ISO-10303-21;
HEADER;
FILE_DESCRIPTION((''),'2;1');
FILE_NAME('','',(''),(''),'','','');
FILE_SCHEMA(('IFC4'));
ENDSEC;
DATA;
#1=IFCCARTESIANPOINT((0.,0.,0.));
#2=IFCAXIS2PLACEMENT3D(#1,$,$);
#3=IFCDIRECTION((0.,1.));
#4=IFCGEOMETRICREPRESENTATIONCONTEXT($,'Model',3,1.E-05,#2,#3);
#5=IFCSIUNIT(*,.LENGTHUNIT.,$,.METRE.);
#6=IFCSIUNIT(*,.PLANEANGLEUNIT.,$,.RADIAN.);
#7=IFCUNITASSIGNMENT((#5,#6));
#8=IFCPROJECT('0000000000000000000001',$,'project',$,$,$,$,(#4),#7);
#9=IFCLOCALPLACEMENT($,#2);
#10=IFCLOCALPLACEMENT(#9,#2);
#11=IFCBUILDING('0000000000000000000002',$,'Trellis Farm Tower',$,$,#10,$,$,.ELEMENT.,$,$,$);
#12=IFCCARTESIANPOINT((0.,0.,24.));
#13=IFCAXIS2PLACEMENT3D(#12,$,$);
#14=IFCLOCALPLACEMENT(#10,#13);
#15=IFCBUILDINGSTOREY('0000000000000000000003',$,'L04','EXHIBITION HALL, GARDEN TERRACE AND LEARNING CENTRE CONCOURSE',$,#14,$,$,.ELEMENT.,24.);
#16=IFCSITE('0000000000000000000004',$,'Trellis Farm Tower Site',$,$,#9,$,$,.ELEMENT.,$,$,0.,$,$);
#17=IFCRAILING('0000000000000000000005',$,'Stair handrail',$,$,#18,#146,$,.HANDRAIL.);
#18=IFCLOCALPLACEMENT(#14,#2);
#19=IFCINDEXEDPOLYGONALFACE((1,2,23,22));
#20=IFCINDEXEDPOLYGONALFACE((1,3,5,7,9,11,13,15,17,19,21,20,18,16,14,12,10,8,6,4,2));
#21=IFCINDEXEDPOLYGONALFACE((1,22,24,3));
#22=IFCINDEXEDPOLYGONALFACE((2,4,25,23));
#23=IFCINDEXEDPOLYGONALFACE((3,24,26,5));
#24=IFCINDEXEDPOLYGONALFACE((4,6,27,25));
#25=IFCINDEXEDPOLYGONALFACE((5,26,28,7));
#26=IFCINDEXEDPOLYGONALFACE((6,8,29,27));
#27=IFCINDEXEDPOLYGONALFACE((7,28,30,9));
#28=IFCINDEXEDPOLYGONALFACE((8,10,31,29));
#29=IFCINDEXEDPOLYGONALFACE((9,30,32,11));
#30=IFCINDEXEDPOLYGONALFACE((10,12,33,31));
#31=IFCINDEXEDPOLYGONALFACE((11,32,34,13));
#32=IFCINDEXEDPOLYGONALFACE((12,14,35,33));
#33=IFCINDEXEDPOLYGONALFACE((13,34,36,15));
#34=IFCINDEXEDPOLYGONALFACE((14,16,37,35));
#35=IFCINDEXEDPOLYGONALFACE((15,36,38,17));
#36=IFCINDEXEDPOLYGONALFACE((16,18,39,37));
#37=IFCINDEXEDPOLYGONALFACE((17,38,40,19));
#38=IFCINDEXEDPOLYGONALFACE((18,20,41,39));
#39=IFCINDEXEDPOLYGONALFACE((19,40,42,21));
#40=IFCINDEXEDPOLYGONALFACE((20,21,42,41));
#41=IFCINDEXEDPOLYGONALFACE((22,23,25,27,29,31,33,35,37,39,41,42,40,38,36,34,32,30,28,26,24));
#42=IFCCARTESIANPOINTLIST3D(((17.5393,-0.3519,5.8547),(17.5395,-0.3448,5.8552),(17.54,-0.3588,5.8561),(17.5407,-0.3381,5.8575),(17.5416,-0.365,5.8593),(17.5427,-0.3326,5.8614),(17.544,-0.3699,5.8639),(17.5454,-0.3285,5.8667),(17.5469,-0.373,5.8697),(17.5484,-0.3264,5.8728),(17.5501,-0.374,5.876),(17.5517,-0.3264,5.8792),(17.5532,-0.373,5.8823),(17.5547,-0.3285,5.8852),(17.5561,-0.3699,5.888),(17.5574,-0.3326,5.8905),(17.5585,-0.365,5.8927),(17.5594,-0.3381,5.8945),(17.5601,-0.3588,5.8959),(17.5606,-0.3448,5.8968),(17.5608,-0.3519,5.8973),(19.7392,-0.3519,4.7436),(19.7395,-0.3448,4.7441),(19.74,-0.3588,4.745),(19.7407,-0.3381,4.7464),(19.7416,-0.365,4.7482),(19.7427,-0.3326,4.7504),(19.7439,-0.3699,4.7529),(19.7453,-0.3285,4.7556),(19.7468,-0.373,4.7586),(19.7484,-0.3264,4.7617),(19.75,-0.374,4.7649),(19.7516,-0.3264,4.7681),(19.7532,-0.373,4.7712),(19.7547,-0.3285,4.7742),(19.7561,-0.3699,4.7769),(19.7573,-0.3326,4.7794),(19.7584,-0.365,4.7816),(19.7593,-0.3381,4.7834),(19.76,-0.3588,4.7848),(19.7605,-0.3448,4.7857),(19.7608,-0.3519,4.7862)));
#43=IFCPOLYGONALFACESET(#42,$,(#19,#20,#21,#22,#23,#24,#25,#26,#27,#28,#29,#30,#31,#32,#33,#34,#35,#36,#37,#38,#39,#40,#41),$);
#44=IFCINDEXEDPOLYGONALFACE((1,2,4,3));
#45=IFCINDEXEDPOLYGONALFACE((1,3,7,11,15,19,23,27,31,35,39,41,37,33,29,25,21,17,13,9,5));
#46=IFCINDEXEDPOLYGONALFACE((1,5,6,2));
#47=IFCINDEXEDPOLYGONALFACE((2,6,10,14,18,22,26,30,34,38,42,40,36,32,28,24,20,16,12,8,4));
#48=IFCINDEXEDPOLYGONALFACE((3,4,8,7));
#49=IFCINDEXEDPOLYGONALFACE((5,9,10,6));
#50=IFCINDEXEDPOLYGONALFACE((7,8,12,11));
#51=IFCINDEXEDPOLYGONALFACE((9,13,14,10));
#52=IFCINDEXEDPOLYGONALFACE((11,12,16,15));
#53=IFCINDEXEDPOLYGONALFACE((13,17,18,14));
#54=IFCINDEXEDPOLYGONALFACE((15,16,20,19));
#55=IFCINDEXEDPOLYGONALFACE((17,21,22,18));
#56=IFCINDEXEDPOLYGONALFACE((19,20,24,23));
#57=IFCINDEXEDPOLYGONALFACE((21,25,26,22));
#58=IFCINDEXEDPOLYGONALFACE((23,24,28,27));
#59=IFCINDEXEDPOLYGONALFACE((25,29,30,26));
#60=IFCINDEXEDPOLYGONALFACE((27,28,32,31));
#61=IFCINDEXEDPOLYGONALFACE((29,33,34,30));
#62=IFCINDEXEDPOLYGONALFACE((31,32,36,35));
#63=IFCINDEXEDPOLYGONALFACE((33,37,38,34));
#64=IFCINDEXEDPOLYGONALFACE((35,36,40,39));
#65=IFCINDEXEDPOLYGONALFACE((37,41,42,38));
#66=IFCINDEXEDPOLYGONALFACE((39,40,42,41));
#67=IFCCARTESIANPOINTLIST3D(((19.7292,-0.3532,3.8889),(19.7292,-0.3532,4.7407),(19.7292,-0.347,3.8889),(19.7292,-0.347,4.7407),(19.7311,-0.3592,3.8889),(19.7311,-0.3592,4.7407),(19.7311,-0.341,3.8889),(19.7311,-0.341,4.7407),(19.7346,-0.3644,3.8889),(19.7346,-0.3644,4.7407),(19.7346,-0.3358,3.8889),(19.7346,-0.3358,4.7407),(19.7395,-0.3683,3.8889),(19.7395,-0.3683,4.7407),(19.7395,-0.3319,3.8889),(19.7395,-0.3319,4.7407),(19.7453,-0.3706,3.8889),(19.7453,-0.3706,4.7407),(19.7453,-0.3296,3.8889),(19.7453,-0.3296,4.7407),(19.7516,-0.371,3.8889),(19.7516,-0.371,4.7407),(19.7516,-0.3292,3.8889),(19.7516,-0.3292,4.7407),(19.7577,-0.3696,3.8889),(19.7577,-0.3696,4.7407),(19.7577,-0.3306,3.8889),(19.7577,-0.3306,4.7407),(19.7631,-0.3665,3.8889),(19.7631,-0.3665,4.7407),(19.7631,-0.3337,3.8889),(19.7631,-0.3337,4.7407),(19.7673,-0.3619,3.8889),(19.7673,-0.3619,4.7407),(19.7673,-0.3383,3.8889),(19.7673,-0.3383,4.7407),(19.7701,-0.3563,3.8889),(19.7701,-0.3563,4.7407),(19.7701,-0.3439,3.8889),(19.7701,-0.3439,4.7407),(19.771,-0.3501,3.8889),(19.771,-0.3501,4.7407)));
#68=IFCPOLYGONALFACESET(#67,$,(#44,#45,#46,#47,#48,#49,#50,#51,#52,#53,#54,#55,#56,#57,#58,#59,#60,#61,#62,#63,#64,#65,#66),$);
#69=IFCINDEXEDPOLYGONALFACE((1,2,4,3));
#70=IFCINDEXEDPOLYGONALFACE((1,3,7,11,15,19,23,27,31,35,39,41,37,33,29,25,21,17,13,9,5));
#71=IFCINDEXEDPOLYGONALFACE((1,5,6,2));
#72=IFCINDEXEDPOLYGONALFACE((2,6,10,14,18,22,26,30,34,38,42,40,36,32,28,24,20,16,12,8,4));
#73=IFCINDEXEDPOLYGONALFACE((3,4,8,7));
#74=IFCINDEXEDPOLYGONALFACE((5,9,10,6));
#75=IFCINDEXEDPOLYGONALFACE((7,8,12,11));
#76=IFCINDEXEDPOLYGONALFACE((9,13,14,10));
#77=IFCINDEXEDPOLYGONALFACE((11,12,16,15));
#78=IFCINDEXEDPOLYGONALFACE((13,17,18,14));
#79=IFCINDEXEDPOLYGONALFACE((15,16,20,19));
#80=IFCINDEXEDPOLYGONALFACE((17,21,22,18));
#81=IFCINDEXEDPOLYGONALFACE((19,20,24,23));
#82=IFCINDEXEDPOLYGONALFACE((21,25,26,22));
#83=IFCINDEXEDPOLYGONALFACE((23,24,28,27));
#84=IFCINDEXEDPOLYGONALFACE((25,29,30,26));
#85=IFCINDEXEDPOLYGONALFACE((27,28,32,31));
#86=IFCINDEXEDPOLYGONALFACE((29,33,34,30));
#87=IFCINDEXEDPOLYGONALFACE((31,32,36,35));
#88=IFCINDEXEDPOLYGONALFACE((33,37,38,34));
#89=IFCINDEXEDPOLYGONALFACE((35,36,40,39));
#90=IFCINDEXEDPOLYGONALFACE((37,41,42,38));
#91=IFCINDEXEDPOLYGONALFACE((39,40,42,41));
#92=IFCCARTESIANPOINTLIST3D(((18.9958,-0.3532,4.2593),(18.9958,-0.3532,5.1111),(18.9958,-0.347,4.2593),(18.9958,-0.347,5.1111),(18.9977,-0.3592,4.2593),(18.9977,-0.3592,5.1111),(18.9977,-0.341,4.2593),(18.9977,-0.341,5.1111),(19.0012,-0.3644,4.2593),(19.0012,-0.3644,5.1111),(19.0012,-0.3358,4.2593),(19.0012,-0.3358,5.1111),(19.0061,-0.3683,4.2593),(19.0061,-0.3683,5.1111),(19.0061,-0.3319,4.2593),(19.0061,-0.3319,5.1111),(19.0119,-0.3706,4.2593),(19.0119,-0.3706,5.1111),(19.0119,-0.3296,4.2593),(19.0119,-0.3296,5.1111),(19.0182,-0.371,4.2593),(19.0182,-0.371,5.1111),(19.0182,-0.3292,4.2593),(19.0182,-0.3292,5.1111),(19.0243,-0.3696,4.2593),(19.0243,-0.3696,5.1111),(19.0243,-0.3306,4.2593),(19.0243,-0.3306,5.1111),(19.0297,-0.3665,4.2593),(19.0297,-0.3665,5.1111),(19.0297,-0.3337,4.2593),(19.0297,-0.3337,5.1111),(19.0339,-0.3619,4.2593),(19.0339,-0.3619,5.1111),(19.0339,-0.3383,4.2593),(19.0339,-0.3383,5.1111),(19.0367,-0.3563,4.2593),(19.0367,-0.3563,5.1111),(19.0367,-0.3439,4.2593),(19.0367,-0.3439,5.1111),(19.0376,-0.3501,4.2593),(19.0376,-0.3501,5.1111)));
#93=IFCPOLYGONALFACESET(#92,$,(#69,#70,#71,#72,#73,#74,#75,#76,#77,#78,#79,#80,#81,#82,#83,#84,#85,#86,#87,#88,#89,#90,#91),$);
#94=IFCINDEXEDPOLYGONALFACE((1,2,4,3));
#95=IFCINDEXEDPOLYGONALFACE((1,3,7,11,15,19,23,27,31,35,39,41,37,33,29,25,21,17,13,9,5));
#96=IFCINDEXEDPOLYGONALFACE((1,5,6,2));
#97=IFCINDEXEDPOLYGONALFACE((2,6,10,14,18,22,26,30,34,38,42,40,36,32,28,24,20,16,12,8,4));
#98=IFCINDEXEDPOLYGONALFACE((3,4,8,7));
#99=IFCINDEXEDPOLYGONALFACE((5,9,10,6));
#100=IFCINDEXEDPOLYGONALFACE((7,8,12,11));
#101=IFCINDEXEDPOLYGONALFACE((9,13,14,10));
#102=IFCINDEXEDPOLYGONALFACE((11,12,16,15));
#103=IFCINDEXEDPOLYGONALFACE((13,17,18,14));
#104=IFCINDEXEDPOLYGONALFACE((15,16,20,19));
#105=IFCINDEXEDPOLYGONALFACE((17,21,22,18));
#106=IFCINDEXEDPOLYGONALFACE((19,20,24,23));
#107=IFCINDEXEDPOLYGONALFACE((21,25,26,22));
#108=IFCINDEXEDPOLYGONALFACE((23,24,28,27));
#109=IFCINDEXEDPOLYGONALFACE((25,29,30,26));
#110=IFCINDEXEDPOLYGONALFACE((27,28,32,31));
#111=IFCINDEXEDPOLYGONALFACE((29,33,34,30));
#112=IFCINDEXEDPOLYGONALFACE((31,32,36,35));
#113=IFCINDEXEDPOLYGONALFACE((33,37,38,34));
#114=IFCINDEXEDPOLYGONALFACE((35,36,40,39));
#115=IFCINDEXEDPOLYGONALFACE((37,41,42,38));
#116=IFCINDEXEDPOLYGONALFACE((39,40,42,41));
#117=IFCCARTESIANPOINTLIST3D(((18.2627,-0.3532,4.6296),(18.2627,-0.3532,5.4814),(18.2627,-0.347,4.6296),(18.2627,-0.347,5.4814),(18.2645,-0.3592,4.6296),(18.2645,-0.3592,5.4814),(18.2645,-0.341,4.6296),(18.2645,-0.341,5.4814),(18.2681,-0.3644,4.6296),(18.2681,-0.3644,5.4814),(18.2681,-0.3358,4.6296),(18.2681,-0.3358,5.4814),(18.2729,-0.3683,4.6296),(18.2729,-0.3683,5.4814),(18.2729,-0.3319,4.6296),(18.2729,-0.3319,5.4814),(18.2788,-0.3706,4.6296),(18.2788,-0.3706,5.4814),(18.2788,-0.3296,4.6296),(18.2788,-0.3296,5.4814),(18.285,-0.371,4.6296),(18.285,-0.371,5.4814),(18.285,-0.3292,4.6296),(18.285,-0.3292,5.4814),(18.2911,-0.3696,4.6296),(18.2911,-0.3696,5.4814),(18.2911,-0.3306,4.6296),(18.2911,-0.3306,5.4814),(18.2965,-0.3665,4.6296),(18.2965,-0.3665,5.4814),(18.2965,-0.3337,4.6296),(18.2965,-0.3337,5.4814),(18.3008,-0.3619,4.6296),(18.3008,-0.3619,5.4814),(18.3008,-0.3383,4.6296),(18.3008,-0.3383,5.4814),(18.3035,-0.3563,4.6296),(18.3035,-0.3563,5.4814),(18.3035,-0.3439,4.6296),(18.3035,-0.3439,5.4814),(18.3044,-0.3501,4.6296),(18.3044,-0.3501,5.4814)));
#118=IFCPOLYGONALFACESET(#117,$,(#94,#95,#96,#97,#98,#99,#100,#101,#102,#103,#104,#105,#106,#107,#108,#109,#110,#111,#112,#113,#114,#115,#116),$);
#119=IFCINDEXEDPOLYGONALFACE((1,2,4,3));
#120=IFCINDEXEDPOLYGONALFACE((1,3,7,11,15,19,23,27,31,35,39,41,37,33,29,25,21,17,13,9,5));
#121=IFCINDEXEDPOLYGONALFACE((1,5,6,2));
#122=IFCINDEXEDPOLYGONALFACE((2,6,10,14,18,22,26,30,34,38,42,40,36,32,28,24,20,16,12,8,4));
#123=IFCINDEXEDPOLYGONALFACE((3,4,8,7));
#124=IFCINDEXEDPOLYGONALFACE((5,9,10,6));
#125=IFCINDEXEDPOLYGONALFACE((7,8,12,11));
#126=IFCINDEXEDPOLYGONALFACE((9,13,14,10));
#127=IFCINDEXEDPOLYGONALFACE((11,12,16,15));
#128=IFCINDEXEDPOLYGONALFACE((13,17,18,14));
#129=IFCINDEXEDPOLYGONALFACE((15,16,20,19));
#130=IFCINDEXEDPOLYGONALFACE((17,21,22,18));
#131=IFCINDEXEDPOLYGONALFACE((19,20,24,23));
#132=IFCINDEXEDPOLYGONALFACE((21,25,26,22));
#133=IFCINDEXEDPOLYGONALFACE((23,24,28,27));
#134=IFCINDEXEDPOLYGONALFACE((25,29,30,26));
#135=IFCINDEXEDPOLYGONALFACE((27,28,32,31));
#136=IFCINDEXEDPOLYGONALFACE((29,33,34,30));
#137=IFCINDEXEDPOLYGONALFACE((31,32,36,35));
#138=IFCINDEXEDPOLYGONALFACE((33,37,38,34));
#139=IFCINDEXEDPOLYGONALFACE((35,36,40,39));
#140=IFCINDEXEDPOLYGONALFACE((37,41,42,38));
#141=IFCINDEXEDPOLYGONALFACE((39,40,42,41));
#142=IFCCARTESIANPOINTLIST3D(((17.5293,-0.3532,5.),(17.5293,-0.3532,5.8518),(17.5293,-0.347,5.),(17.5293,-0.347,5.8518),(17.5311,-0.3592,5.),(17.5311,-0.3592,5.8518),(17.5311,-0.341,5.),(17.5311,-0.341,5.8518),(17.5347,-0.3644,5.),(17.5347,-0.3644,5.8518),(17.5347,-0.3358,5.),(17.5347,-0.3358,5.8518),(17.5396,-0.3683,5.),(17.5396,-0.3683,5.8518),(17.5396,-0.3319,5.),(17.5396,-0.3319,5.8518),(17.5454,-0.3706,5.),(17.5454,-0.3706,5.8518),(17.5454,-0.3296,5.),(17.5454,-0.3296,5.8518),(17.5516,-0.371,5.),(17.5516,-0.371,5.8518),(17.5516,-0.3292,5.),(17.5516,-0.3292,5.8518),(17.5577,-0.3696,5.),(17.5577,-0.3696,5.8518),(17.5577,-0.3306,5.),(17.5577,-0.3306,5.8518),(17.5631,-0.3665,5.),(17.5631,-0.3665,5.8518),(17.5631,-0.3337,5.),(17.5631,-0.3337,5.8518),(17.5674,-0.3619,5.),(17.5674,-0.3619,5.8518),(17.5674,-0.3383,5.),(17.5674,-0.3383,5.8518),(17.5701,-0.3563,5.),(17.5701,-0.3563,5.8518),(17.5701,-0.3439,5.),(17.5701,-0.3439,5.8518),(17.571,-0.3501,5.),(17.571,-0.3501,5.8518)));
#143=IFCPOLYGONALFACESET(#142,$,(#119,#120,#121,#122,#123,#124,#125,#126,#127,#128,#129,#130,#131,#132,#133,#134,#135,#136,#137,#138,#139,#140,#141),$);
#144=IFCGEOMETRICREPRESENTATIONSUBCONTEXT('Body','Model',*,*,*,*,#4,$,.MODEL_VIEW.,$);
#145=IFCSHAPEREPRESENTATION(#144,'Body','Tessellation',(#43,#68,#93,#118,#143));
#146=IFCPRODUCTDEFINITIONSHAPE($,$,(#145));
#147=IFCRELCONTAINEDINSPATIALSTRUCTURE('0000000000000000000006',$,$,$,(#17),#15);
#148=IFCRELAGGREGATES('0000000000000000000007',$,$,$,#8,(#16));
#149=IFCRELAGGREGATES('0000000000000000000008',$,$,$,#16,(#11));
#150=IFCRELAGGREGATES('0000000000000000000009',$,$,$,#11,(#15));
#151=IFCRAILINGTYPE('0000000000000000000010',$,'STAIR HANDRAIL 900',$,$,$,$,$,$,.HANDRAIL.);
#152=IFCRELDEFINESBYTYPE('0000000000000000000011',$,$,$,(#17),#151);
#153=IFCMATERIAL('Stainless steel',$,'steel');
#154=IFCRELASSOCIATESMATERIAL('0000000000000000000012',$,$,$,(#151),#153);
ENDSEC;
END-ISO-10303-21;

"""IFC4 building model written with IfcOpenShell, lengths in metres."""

from ifc_helpers import new_model, si_unit, direction, frame, origin, origin_2d, place, context, subcontext, project, spatial, circle, extrude, source, transform, mapped, material, type_object, element, save


model = new_model("IFC4")

# Units and contexts
model_context = context("Model", 3, precision=1e-05, world=origin(), true_north=direction((0.0, 1.0)))
body_context = subcontext(model_context, "Body", "Model", "MODEL_VIEW")
ifc_project = project(units=[si_unit("LENGTHUNIT", "METRE"), si_unit("PLANEANGLEUNIT", "RADIAN")], contexts=[model_context])

# Site, building, storey
site_placement = place(None, origin())
site = spatial("IfcSite", under=ifc_project, at=site_placement, Name="Trellis Farm Tower Site", CompositionType="ELEMENT", RefElevation=0.0)
building_placement = place(site_placement, origin())
building = spatial("IfcBuilding", under=site, at=building_placement, Name="Trellis Farm Tower", CompositionType="ELEMENT")
storey_placement = place(building_placement, frame((0.0, 0.0, 24.0)))
storey = spatial("IfcBuildingStorey", under=building, at=storey_placement, Name="L04", Description="EXHIBITION HALL, GARDEN TERRACE AND LEARNING CENTRE CONCOURSE", CompositionType="ELEMENT", Elevation=24.0)

# Railing
ifc_material_1 = material(Name="Stainless steel", Category="steel")
railing_type = type_object("IfcRailingType", Name="STAIR HANDRAIL 900", PredefinedType="HANDRAIL", material=ifc_material_1)
shared_shape_1 = source(origin(), body_context, "Body", "SweptSolid", [
    extrude(circle(Radius=0.0239, at=origin_2d()), frame((0.0, 0.0, 0.876), z_axis=(-0.892617, 0.0, 0.450816), x_axis=(0.0, -1.0, 0.0)), (0.0, 0.0, 1.0), 2.4646),
    extrude(circle(Radius=0.021, at=origin_2d()), origin(), (0.0, 0.0, 1.0), 0.8518),
    extrude(circle(Radius=0.021, at=origin_2d()), frame((-0.7334, 0.0, 0.3704)), (0.0, 0.0, 1.0), 0.8518),
    extrude(circle(Radius=0.021, at=origin_2d()), frame((-1.4666, 0.0, 0.7407)), (0.0, 0.0, 1.0), 0.8518),
    extrude(circle(Radius=0.021, at=origin_2d()), frame((-2.2, 0.0, 1.1111)), (0.0, 0.0, 1.0), 0.8518),
])
for number, where, name in (
    (1, (19.75, -0.3501, 3.8889), "Stair handrail"),
):
    element("IfcRailing", number, at=place(storey_placement, frame(where)), inside=storey, type_object=railing_type, Name=name, PredefinedType="HANDRAIL", context=body_context, shape_type="MappedRepresentation", body=[
        mapped(shared_shape_1, transform((0.0, 0.0, 0.0))),
    ])

save(model, "model.ifc")
